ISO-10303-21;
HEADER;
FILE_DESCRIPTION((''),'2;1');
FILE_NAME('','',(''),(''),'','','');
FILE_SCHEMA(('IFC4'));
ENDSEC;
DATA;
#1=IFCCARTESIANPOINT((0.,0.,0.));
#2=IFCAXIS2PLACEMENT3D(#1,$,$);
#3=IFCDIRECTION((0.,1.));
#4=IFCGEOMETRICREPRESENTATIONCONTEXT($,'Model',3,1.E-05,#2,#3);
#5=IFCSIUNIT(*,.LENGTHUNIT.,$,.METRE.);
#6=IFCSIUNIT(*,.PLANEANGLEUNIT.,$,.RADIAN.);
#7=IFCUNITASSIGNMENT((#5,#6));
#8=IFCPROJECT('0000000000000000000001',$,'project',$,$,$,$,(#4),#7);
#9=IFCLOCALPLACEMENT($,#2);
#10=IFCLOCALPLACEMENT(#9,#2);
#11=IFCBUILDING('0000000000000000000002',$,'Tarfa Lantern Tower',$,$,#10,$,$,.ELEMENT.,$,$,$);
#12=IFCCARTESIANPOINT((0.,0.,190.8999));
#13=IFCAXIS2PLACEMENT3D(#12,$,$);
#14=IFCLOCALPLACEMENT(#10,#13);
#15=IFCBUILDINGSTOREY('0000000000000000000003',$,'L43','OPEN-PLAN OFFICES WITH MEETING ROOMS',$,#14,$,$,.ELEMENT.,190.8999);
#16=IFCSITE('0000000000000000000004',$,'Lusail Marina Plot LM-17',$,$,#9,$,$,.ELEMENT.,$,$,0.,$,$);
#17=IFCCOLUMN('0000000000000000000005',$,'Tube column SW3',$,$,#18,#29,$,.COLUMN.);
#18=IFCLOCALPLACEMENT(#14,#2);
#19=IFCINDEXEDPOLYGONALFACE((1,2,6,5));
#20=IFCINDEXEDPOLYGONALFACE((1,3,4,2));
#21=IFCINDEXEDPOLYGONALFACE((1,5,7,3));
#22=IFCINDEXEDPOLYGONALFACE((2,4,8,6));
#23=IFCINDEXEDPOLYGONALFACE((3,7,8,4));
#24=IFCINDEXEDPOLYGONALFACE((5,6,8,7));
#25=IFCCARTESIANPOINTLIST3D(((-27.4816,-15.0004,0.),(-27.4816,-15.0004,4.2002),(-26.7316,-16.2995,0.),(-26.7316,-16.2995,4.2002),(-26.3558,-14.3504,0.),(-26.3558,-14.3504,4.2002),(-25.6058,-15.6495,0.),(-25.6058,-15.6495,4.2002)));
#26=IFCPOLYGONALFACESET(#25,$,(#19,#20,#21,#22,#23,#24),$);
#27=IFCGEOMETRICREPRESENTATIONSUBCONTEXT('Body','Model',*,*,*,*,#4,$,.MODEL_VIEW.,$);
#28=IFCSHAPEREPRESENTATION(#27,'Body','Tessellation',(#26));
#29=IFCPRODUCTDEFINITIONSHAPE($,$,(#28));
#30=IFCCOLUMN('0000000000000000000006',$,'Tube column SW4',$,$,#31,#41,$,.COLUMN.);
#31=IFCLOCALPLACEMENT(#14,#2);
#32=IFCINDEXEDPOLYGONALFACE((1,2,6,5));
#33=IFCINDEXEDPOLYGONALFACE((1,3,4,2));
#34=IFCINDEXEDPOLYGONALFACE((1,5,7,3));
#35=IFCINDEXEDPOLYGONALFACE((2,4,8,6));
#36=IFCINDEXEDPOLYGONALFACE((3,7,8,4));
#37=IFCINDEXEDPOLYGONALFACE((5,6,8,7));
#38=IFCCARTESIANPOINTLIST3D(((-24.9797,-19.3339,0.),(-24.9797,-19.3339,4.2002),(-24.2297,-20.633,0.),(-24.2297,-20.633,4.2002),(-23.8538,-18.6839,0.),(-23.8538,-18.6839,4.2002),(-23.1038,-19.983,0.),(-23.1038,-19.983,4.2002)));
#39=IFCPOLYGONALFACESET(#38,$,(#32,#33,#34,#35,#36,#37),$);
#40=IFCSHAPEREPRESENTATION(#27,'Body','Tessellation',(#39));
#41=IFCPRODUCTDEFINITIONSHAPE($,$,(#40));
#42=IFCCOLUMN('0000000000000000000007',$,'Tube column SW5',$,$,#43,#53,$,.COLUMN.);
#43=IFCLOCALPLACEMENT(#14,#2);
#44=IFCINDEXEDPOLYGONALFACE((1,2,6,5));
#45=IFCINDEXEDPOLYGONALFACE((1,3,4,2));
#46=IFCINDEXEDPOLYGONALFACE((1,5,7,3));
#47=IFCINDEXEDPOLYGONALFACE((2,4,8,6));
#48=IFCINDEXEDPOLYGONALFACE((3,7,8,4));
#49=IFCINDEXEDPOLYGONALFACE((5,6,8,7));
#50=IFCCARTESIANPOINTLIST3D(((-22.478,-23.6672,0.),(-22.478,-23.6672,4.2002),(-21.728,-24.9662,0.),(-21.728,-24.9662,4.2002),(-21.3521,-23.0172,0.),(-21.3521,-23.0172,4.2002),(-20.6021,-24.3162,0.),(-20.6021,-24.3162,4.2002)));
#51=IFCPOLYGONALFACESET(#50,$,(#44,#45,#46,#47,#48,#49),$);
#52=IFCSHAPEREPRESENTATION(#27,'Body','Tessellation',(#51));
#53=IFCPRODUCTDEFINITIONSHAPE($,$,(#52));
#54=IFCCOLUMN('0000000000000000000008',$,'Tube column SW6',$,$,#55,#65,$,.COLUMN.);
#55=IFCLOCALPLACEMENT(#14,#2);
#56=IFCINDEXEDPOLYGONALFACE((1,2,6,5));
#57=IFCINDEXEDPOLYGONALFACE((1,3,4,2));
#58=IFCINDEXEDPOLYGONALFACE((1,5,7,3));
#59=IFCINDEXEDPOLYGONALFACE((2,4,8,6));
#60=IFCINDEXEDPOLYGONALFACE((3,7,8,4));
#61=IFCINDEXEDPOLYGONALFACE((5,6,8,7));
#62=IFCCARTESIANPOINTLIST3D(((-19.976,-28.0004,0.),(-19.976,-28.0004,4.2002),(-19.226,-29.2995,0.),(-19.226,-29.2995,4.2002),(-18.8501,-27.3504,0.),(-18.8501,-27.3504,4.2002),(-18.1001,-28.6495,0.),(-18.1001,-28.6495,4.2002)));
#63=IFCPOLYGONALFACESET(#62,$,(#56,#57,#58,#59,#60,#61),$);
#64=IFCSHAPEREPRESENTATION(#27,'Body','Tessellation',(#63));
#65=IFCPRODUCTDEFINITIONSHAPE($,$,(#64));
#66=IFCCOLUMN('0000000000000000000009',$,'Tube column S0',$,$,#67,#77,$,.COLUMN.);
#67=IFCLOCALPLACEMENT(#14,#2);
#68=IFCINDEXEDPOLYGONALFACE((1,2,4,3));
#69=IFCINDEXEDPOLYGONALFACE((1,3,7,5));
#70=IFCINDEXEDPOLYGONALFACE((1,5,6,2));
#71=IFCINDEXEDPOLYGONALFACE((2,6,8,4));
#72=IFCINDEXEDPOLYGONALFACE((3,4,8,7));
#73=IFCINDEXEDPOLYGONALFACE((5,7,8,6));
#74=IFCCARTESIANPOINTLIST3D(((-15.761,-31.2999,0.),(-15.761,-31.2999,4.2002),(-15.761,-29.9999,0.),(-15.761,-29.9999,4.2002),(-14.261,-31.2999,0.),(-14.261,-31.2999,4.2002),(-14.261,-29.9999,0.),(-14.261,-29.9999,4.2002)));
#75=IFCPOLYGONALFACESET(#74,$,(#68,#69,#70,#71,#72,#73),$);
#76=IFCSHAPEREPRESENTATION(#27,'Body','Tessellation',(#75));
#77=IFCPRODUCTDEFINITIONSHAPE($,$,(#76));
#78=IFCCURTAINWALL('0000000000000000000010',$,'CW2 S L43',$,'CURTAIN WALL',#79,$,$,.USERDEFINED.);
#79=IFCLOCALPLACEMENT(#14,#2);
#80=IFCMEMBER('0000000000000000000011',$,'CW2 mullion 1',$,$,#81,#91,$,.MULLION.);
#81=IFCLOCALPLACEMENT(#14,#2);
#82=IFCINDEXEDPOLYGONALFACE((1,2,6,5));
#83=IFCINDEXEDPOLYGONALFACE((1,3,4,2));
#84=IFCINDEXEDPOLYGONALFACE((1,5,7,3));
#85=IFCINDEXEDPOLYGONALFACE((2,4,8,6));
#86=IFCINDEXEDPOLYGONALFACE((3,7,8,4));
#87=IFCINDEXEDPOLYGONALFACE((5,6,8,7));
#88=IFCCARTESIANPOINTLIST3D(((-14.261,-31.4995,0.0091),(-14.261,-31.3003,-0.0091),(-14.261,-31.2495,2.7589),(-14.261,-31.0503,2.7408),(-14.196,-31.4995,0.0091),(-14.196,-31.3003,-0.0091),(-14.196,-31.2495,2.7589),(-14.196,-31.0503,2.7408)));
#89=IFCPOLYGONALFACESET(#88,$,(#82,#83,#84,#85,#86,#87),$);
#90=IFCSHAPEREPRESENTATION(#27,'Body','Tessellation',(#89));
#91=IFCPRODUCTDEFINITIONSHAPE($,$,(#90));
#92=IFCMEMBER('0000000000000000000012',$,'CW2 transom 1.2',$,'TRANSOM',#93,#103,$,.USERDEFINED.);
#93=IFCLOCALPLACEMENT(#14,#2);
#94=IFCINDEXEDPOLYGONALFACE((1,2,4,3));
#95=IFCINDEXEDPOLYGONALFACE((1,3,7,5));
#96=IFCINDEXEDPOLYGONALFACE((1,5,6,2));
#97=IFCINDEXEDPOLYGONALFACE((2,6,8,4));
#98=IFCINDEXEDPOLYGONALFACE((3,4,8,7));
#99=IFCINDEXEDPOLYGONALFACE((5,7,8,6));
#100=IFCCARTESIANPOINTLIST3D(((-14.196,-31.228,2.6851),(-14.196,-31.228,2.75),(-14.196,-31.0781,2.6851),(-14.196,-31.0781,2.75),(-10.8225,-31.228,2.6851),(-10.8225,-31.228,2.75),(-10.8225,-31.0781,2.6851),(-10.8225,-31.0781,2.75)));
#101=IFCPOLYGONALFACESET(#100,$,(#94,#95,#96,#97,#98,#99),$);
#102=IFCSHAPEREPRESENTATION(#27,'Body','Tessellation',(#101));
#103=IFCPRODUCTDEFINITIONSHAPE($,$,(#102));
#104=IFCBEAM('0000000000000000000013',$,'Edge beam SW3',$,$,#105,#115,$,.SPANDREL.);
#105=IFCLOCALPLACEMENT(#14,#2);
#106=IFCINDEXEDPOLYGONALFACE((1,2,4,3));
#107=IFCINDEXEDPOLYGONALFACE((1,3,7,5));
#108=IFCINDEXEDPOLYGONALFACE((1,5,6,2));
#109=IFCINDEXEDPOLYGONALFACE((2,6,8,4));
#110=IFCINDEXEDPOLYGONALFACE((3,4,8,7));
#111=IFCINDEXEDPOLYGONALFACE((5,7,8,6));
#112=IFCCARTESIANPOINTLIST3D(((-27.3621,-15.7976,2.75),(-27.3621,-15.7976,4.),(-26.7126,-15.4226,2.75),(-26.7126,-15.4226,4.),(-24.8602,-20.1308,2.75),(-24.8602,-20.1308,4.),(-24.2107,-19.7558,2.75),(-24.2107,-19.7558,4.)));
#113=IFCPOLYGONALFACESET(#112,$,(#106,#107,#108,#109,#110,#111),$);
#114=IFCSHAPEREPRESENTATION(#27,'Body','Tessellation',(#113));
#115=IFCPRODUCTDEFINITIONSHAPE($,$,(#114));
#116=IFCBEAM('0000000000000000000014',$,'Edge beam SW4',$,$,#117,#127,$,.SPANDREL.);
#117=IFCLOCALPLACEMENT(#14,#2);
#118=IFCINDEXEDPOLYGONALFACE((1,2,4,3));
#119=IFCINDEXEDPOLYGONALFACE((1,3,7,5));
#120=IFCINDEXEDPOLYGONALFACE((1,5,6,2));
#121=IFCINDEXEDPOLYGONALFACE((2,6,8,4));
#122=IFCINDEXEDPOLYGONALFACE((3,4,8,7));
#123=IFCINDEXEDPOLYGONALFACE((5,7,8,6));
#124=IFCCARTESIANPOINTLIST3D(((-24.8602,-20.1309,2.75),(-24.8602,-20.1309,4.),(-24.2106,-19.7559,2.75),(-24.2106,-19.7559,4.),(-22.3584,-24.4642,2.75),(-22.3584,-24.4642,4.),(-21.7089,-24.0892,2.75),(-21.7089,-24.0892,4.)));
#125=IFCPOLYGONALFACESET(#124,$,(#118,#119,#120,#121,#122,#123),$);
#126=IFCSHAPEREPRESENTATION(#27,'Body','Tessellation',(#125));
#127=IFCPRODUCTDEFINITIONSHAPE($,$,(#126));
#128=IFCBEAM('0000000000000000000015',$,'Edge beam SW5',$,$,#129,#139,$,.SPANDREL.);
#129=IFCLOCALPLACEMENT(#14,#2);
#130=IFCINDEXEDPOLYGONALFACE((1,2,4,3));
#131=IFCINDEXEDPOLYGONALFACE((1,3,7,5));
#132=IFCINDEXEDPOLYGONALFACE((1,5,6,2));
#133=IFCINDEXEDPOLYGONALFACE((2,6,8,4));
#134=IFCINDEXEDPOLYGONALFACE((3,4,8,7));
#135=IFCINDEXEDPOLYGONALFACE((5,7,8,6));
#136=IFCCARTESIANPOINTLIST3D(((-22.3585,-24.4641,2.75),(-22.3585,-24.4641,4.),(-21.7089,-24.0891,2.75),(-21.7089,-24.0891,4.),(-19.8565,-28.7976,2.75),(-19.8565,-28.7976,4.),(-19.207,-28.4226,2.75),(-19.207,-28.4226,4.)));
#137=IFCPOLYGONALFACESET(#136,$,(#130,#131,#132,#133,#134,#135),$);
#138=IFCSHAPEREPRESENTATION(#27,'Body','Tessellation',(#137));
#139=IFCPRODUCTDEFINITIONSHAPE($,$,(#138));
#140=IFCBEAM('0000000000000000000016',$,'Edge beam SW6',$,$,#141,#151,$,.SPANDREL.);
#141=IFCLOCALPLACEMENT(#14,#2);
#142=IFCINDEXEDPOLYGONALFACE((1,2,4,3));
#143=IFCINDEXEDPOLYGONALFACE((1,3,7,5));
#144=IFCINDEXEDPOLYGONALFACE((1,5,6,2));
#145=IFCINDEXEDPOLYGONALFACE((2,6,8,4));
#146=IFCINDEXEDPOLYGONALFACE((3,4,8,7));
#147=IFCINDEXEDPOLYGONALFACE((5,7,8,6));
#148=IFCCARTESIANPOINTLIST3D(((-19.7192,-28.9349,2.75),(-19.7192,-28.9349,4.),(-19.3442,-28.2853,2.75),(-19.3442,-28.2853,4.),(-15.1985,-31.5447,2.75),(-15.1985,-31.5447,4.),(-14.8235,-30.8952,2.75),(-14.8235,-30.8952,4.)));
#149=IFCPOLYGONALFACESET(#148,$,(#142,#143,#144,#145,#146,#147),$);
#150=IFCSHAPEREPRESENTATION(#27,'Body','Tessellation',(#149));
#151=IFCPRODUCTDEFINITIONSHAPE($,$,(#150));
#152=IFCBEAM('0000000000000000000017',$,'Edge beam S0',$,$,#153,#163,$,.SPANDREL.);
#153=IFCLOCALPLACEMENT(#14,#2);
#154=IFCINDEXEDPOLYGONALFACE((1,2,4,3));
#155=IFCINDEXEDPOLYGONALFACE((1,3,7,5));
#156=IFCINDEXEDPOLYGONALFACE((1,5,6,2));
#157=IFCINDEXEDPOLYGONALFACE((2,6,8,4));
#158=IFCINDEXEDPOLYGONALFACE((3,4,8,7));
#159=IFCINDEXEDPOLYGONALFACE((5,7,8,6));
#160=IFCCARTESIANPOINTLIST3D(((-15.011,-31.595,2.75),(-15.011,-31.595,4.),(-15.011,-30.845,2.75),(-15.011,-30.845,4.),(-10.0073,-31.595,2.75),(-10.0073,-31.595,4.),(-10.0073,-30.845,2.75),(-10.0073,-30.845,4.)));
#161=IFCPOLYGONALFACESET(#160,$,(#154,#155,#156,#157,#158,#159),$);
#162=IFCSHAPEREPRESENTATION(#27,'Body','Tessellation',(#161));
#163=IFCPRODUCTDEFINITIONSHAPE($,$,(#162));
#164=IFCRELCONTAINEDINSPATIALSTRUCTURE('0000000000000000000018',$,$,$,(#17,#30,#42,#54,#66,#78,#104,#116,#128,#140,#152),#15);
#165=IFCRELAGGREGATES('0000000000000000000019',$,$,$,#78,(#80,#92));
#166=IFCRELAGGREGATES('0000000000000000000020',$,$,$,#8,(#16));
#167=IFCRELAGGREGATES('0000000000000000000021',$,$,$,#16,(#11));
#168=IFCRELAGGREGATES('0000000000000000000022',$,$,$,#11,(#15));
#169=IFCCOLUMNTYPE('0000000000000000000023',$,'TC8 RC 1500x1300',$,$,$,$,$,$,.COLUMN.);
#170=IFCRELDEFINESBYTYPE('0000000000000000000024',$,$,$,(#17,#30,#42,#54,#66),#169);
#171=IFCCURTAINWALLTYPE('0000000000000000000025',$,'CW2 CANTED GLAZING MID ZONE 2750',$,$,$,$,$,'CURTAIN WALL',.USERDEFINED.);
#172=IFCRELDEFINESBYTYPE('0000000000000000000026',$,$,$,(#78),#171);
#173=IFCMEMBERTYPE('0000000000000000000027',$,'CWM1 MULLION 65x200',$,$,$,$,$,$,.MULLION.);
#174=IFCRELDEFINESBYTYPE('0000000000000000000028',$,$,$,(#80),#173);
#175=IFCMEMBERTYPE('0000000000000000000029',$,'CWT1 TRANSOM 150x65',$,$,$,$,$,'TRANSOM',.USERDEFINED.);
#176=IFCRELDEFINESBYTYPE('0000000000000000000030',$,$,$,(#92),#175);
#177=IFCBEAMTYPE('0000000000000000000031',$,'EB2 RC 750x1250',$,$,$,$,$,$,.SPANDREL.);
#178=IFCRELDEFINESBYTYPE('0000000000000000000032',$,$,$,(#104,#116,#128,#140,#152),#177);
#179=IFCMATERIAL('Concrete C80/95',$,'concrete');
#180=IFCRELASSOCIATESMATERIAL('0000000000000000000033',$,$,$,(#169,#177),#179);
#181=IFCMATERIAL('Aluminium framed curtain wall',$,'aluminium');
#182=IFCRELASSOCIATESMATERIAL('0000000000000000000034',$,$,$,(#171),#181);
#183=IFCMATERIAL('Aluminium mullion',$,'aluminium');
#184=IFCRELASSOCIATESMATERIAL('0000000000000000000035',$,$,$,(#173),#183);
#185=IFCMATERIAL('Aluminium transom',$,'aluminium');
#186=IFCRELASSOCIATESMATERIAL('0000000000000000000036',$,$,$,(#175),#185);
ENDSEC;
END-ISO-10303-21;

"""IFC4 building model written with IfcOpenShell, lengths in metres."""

from ifc_helpers import new_model, si_unit, direction, frame, origin, origin_2d, place, context, subcontext, project, spatial, rectangle, extrude, material, material_profile, profile_set, type_object, element, aggregate, save


model = new_model("IFC4")

# Units and contexts
model_context = context("Model", 3, precision=1e-05, world=origin(), true_north=direction((0.0, 1.0)))
body_context = subcontext(model_context, "Body", "Model", "MODEL_VIEW")
ifc_project = project(units=[si_unit("LENGTHUNIT", "METRE"), si_unit("PLANEANGLEUNIT", "RADIAN")], contexts=[model_context])

# Site, building, storey
site_placement = place(None, origin())
site = spatial("IfcSite", under=ifc_project, at=site_placement, Name="Lusail Marina Plot LM-17", CompositionType="ELEMENT", RefElevation=0.0)
building_placement = place(site_placement, origin())
building = spatial("IfcBuilding", under=site, at=building_placement, Name="Tarfa Lantern Tower", CompositionType="ELEMENT")
storey_placement = place(building_placement, frame((0.0, 0.0, 190.8999)))
storey = spatial("IfcBuildingStorey", under=building, at=storey_placement, Name="L43", Description="OPEN-PLAN OFFICES WITH MEETING ROOMS", CompositionType="ELEMENT", Elevation=190.8999)

# Columns
ifc_material_1 = material(Name="Concrete C80/95", Category="concrete")
ifc_material_profile_1 = material_profile(ifc_material_1, rectangle(XDim=1.5, YDim=1.3, at=origin_2d()), Name="RC 1500x1300")
ifc_profile_set_1 = profile_set([ifc_material_profile_1], Name="Concrete C80/95")
column_type = type_object("IfcColumnType", Name="TC8 RC 1500x1300", PredefinedType="COLUMN", material=ifc_profile_set_1)
for number, where, z_axis, x_axis, name in (
    (1, (-26.5437, -15.325, 0.0), (0.0, 0.0, 1.0), (0.5, -0.866025, 0.0), "Tube column SW3"),
    (2, (-24.0417, -19.6584, 0.0), (0.0, 0.0, 1.0), (0.5, -0.866025, 0.0), "Tube column SW4"),
    (3, (-21.54, -23.9917, 0.0), (0.0, 0.0, 1.0), (0.5, -0.866025, 0.0), "Tube column SW5"),
    (4, (-19.0381, -28.325, 0.0), (0.0, 0.0, 1.0), (0.5, -0.866025, 0.0), "Tube column SW6"),
    (5, (-15.011, -30.6499, 0.0), (0.0, 0.0, 1.0), (1.0, 0.0, 0.0), "Tube column S0"),
):
    element("IfcColumn", number, at=place(storey_placement, frame(where, z_axis=z_axis, x_axis=x_axis)), inside=storey, type_object=column_type, Name=name, PredefinedType="COLUMN", context=body_context, shape_type="SweptSolid", body=[
        extrude(rectangle(XDim=1.5, YDim=1.3, at=origin_2d()), origin(), (0.0, 0.0, 1.0), 4.2002),
    ])

# Curtain wall, members
ifc_material_2 = material(Name="Aluminium framed curtain wall", Category="aluminium")
curtain_wall_type = type_object("IfcCurtainWallType", Name="CW2 CANTED GLAZING MID ZONE 2750", ElementType="CURTAIN WALL", PredefinedType="USERDEFINED", material=ifc_material_2)
curtain_wall_placement = place(storey_placement, origin())
curtain_wall = element("IfcCurtainWall", 6, at=curtain_wall_placement, inside=storey, type_object=curtain_wall_type, Name="CW2 S L43", ObjectType="CURTAIN WALL", PredefinedType="USERDEFINED")
ifc_material_3 = material(Name="Aluminium mullion", Category="aluminium")
ifc_material_profile_2 = material_profile(ifc_material_3, rectangle(XDim=0.0649, YDim=0.2, at=origin_2d()), Name="AL MULLION 65x200")
ifc_profile_set_2 = profile_set([ifc_material_profile_2], Name="Aluminium mullion")
member_type_1 = type_object("IfcMemberType", Name="CWM1 MULLION 65x200", PredefinedType="MULLION", material=ifc_profile_set_2)
member_1_placement = place(storey_placement, frame((-14.2285, -31.3999, 0.0), z_axis=(0.0, 0.090536, 0.995893), x_axis=(-1.0, 0.0, 0.0)))
member_1 = element("IfcMember", 7, at=member_1_placement, type_object=member_type_1, Name="CW2 mullion 1", PredefinedType="MULLION", context=body_context, shape_type="SweptSolid", body=[
    extrude(rectangle(XDim=0.0649, YDim=0.2, at=origin_2d()), origin(), (0.0, 0.0, 1.0), 2.7612),
])
ifc_material_4 = material(Name="Aluminium transom", Category="aluminium")
ifc_material_profile_3 = material_profile(ifc_material_4, rectangle(XDim=0.1499, YDim=0.0649, at=origin_2d()), Name="AL TRANSOM 150x65")
ifc_profile_set_3 = profile_set([ifc_material_profile_3], Name="Aluminium transom")
member_type_2 = type_object("IfcMemberType", Name="CWT1 TRANSOM 150x65", ElementType="TRANSOM", PredefinedType="USERDEFINED", material=ifc_profile_set_3)
member_2_placement = place(storey_placement, frame((-14.196, -31.1531, 2.7175), z_axis=(1.0, 0.0, 0.0), x_axis=(0.0, 1.0, 0.0)))
member_2 = element("IfcMember", 8, at=member_2_placement, type_object=member_type_2, Name="CW2 transom 1.2", ObjectType="TRANSOM", PredefinedType="USERDEFINED", context=body_context, shape_type="SweptSolid", body=[
    extrude(rectangle(XDim=0.1499, YDim=0.0649, at=origin_2d()), origin(), (0.0, 0.0, 1.0), 3.3735),
])

# Beams
ifc_material_profile_4 = material_profile(ifc_material_1, rectangle(XDim=0.75, YDim=1.25, at=origin_2d()), Name="RC 750x1250")
ifc_profile_set_4 = profile_set([ifc_material_profile_4], Name="Concrete C80/95")
beam_type_1 = type_object("IfcBeamType", Name="EB2 RC 750x1250", PredefinedType="SPANDREL", material=ifc_profile_set_4)
for number, where, z_axis, x_axis, name in (
    (9, (-27.0374, -15.6101, 3.375), (0.500022, -0.866013, 0.0), (0.866013, 0.500022, 0.0), "Edge beam SW3"),
    (10, (-24.5354, -19.9434, 3.375), (0.499986, -0.866034, 0.0), (0.866034, 0.499986, 0.0), "Edge beam SW4"),
):
    element("IfcBeam", number, at=place(storey_placement, frame(where, z_axis=z_axis, x_axis=x_axis)), inside=storey, type_object=beam_type_1, Name=name, PredefinedType="SPANDREL", context=body_context, shape_type="SweptSolid", body=[
        extrude(rectangle(XDim=0.75, YDim=1.25, at=origin_2d()), origin(), (0.0, 0.0, 1.0), 5.0037),
    ])
beam_1_placement = place(storey_placement, frame((-22.0337, -24.2766, 3.375), z_axis=(0.500001, -0.866025, 0.0), x_axis=(0.866025, 0.500001, 0.0)))
element("IfcBeam", 11, at=beam_1_placement, inside=storey, type_object=beam_type_1, Name="Edge beam SW5", PredefinedType="SPANDREL", context=body_context, shape_type="SweptSolid", body=[
    extrude(rectangle(XDim=0.75, YDim=1.25, at=origin_2d()), origin(), (0.0, 0.0, 1.0), 5.0039),
])
beam_2_placement = place(storey_placement, frame((-19.5317, -28.6101, 3.375), z_axis=(0.866042, -0.499972, 0.0), x_axis=(0.499972, 0.866042, 0.0)))
element("IfcBeam", 12, at=beam_2_placement, inside=storey, type_object=beam_type_1, Name="Edge beam SW6", PredefinedType="SPANDREL", context=body_context, shape_type="SweptSolid", body=[
    extrude(rectangle(XDim=0.75, YDim=1.25, at=origin_2d()), origin(), (0.0, 0.0, 1.0), 5.22),
])
beam_3_placement = place(storey_placement, frame((-15.011, -31.22, 3.375), z_axis=(1.0, 0.0, 0.0), x_axis=(0.0, 1.0, 0.0)))
element("IfcBeam", 13, at=beam_3_placement, inside=storey, type_object=beam_type_1, Name="Edge beam S0", PredefinedType="SPANDREL", context=body_context, shape_type="SweptSolid", body=[
    extrude(rectangle(XDim=0.75, YDim=1.25, at=origin_2d()), origin(), (0.0, 0.0, 1.0), 5.0037),
])

aggregate(curtain_wall, [member_1, member_2])

save(model, "model.ifc")
